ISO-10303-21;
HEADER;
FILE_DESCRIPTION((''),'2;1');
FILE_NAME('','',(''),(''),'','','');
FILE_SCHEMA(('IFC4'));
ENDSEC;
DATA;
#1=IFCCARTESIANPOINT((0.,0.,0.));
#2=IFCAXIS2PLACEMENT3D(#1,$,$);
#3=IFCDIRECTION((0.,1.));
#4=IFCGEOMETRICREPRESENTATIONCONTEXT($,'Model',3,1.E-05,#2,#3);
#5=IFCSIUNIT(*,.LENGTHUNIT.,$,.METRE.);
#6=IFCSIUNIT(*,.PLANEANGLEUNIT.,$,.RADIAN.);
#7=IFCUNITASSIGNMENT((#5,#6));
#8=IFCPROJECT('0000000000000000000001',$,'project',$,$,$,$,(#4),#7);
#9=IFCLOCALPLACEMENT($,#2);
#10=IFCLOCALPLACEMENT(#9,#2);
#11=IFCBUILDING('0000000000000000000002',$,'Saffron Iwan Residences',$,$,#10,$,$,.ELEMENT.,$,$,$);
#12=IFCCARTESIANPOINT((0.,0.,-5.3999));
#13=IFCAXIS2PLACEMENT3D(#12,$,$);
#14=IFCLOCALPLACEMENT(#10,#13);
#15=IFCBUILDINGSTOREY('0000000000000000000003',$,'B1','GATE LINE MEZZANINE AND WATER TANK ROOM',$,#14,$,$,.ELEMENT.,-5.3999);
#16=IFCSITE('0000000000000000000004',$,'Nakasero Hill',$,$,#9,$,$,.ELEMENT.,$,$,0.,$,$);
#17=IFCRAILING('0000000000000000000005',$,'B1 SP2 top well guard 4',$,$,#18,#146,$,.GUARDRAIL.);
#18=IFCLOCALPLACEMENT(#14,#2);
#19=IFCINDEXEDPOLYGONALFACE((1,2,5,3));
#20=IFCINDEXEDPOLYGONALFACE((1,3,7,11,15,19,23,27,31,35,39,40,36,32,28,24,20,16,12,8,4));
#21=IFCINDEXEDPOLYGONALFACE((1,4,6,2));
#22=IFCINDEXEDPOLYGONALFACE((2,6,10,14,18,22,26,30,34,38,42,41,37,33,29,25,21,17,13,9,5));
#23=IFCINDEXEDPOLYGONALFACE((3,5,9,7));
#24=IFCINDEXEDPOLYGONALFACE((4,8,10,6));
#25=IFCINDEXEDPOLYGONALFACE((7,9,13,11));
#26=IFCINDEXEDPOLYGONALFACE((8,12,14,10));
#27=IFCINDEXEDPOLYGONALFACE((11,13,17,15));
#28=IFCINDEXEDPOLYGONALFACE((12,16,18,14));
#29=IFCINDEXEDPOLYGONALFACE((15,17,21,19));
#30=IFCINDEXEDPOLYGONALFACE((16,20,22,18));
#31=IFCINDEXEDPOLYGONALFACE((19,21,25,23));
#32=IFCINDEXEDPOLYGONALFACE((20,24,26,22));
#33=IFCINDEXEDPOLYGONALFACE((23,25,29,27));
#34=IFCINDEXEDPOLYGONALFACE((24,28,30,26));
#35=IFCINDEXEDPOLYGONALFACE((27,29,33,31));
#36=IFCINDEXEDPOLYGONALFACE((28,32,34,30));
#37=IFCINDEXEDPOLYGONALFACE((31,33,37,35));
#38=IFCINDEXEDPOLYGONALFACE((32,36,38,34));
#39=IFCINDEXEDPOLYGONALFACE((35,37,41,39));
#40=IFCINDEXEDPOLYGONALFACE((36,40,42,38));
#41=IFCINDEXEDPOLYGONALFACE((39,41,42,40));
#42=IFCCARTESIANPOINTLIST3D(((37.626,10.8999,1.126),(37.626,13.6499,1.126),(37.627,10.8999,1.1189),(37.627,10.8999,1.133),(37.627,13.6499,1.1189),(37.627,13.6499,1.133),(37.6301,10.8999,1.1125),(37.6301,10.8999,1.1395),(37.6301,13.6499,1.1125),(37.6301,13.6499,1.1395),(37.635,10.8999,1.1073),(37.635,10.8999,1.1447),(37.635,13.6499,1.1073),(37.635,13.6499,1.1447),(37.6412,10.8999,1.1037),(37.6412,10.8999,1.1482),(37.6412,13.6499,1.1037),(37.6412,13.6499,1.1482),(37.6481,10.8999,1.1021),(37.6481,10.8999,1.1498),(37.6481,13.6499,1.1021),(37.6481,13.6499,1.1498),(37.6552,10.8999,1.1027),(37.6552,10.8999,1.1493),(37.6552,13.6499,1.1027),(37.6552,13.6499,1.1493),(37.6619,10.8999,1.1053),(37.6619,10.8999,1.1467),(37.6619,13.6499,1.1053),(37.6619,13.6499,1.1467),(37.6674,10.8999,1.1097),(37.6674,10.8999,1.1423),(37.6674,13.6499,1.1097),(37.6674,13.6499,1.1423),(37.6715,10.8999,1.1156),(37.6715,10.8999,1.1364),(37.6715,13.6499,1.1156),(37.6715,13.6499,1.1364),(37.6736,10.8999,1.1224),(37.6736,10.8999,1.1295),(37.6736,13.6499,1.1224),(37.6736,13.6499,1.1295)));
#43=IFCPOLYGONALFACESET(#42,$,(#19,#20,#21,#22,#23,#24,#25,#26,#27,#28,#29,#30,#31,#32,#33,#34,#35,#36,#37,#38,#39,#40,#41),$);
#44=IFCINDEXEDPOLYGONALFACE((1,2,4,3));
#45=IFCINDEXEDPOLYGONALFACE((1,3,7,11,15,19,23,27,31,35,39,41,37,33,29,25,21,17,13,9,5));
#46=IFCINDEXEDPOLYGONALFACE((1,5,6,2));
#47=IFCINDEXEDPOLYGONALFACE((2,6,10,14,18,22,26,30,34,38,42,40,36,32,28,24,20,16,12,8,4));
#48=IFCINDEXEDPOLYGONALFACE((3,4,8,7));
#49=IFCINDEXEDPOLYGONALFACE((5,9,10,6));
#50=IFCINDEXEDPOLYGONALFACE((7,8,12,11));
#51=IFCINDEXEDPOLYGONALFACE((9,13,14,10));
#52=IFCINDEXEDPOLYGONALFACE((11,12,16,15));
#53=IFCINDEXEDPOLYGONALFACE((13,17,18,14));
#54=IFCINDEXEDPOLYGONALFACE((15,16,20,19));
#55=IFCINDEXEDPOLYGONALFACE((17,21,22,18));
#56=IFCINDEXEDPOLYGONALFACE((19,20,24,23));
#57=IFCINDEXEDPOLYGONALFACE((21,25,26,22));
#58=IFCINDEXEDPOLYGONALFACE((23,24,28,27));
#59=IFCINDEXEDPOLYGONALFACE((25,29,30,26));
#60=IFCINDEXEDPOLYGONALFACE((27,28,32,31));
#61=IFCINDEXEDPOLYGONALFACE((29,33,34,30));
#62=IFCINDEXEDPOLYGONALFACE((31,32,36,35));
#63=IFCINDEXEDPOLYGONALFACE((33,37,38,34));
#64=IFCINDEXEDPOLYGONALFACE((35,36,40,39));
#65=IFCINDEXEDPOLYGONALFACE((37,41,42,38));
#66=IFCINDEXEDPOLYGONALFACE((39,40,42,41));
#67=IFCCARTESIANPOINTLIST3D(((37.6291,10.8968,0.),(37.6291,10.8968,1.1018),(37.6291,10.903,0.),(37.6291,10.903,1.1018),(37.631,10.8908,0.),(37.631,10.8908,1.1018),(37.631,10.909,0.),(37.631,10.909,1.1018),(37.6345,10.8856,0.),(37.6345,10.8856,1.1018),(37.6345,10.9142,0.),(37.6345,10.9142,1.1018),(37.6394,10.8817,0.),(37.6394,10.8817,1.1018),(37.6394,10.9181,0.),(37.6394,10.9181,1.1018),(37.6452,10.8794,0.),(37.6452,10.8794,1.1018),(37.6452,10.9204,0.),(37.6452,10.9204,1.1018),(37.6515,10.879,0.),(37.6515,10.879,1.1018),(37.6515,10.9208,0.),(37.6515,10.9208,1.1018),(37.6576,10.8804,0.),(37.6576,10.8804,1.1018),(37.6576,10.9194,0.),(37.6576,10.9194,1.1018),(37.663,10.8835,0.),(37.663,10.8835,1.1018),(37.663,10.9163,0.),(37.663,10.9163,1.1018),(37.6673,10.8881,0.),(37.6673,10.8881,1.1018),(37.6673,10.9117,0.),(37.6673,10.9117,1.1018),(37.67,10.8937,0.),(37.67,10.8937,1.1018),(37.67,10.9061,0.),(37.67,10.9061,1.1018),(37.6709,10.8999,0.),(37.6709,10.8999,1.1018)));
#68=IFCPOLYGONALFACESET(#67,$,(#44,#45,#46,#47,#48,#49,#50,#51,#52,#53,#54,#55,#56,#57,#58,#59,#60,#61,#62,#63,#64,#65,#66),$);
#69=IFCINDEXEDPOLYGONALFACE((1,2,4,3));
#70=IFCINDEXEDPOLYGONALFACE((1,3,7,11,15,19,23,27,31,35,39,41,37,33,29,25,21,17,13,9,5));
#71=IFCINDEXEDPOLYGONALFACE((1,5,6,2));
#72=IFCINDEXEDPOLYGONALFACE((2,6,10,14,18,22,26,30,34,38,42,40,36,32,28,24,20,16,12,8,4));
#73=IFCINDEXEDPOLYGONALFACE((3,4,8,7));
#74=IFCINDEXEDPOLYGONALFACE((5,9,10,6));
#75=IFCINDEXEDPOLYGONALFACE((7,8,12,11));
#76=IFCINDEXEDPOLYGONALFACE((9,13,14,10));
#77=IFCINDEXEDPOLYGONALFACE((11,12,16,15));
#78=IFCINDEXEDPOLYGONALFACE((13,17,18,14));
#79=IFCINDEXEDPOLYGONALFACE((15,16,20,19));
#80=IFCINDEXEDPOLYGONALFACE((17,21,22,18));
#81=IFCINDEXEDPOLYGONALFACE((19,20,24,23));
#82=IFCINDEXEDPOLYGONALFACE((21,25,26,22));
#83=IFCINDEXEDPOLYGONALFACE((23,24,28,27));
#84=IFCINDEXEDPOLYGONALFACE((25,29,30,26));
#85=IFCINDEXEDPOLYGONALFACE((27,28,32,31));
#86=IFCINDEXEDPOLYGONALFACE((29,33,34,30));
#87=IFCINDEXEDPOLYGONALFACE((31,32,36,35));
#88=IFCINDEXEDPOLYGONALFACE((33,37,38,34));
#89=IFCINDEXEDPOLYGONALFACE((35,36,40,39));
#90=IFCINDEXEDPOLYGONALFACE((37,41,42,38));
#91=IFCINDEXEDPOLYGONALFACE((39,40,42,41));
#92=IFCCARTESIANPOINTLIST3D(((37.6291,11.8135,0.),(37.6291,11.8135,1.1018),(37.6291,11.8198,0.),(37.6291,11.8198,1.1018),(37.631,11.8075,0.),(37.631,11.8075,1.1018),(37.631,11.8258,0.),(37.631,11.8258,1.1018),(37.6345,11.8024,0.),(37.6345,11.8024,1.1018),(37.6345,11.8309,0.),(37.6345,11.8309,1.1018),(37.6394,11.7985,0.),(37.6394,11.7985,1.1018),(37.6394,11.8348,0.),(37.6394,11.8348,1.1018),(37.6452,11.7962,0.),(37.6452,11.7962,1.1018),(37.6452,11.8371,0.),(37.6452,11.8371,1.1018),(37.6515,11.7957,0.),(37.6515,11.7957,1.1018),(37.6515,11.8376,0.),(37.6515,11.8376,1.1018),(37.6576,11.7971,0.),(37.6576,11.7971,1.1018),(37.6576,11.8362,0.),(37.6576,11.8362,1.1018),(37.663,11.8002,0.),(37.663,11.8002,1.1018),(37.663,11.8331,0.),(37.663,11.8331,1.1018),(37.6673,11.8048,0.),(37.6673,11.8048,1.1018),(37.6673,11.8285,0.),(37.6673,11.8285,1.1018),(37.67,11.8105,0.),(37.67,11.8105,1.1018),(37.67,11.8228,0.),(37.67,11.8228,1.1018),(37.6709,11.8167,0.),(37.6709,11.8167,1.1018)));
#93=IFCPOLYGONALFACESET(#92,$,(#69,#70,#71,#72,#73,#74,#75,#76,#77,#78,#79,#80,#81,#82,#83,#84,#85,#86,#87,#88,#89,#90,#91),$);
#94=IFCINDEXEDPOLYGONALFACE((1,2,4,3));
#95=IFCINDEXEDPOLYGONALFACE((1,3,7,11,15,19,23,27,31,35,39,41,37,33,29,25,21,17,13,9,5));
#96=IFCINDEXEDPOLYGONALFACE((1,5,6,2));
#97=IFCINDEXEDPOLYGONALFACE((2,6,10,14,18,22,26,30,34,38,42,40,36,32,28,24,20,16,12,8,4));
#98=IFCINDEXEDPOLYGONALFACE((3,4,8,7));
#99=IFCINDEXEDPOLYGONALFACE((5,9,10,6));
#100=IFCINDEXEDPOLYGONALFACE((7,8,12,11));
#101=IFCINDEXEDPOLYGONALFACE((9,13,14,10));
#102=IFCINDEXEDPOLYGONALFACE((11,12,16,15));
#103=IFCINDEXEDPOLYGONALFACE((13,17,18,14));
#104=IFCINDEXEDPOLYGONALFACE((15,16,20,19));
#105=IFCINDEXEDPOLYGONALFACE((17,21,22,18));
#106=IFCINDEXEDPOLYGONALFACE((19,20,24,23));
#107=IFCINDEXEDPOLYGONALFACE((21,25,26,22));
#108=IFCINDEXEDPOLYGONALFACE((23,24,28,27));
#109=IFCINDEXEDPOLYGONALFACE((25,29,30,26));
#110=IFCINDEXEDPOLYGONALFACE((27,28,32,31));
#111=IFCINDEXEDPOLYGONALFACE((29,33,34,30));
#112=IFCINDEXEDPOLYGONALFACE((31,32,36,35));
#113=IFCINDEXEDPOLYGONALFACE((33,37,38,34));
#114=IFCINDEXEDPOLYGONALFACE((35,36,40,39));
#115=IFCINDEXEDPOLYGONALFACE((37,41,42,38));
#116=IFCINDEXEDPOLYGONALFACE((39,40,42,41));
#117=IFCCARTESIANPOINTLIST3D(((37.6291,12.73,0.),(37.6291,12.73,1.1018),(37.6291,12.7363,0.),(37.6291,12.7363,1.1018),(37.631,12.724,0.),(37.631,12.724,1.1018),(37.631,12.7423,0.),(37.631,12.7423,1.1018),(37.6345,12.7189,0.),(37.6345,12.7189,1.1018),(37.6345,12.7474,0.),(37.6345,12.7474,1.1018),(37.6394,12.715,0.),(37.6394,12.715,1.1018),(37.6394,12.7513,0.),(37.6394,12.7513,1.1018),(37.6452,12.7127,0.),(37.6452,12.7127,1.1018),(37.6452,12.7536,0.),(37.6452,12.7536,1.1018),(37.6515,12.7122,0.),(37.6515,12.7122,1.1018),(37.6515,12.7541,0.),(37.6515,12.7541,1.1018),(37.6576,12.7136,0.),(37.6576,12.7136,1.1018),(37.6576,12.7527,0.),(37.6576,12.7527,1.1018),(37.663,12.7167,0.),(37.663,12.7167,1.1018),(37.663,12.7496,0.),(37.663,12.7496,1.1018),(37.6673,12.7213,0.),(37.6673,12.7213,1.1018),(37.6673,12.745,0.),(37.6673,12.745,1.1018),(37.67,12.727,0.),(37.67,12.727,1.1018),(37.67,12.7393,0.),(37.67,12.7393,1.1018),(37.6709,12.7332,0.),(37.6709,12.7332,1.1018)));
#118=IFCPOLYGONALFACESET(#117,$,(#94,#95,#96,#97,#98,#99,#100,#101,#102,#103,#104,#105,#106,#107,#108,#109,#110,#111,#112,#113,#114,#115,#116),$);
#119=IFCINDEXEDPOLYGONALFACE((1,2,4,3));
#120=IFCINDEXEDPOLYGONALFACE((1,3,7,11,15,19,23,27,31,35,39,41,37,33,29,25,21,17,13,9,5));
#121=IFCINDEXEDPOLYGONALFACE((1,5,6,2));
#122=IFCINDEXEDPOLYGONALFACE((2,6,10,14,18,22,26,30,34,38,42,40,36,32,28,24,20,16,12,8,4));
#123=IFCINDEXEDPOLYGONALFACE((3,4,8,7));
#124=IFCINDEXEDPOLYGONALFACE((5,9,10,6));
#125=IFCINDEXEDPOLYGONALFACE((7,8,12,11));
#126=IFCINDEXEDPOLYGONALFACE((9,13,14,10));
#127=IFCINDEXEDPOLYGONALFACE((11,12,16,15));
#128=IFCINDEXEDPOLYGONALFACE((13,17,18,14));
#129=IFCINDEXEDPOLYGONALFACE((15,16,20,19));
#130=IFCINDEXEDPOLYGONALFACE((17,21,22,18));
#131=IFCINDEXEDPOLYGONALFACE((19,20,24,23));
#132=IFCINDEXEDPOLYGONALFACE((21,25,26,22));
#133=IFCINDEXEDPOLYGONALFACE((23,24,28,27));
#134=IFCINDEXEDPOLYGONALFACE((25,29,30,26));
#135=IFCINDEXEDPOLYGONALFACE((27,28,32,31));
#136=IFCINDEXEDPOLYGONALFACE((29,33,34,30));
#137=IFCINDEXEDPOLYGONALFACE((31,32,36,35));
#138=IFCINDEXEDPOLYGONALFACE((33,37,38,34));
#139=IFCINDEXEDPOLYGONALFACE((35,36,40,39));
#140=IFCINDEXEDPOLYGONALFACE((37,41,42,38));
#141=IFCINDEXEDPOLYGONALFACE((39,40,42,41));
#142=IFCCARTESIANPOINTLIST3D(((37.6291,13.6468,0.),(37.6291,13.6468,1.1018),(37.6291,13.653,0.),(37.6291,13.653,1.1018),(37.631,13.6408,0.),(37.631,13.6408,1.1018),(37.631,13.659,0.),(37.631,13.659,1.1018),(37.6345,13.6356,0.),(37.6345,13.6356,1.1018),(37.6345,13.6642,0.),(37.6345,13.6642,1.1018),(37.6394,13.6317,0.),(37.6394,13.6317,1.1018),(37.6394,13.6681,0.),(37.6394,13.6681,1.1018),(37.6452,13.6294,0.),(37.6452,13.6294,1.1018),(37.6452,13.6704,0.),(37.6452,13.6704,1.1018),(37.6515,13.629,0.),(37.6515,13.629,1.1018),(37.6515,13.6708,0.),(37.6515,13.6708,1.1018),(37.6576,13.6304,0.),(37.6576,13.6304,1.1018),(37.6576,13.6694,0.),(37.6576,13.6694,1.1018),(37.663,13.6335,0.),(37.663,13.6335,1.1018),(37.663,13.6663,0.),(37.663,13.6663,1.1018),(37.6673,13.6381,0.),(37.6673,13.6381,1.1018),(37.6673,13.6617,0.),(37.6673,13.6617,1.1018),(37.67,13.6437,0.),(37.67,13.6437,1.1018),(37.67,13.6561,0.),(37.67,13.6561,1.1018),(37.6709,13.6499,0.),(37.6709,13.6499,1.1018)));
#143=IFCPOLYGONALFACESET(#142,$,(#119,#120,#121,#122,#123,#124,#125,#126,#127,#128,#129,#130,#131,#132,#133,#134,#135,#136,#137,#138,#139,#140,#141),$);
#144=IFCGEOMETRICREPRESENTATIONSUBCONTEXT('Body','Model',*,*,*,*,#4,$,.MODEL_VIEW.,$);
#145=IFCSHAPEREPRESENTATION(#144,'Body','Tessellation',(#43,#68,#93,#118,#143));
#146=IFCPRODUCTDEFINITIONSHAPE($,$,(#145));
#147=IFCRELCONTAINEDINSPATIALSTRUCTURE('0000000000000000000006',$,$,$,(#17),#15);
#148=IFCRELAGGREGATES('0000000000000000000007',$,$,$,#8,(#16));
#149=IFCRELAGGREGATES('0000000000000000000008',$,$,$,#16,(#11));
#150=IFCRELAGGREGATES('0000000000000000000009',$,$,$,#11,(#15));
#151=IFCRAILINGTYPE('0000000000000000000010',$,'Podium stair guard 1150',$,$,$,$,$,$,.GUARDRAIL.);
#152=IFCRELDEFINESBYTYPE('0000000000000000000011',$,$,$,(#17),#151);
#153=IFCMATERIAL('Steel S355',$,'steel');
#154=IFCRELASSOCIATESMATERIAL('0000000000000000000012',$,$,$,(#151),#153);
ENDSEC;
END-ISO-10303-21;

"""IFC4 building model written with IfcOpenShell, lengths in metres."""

from ifc_helpers import new_model, si_unit, direction, frame, origin, origin_2d, place, context, subcontext, project, spatial, circle, extrude, material, type_object, element, save


model = new_model("IFC4")

# Units and contexts
model_context = context("Model", 3, precision=1e-05, world=origin(), true_north=direction((0.0, 1.0)))
body_context = subcontext(model_context, "Body", "Model", "MODEL_VIEW")
ifc_project = project(units=[si_unit("LENGTHUNIT", "METRE"), si_unit("PLANEANGLEUNIT", "RADIAN")], contexts=[model_context])

# Site, building, storey
site_placement = place(None, origin())
site = spatial("IfcSite", under=ifc_project, at=site_placement, Name="Nakasero Hill", CompositionType="ELEMENT", RefElevation=0.0)
building_placement = place(site_placement, origin())
building = spatial("IfcBuilding", under=site, at=building_placement, Name="Saffron Iwan Residences", CompositionType="ELEMENT")
storey_placement = place(building_placement, frame((0.0, 0.0, -5.3999)))
storey = spatial("IfcBuildingStorey", under=building, at=storey_placement, Name="B1", Description="GATE LINE MEZZANINE AND WATER TANK ROOM", CompositionType="ELEMENT", Elevation=-5.3999)

# Railing
ifc_material_1 = material(Name="Steel S355", Category="steel")
railing_type_1 = type_object("IfcRailingType", Name="Podium stair guard 1150", PredefinedType="GUARDRAIL", material=ifc_material_1)
railing_1_placement = place(storey_placement, frame((37.6499, 10.8999, 0.0)))
element("IfcRailing", 1, at=railing_1_placement, inside=storey, type_object=railing_type_1, Name="B1 SP2 top well guard 4", PredefinedType="GUARDRAIL", context=body_context, shape_type="SweptSolid", body=[
    extrude(circle(Radius=0.0239, at=origin_2d()), frame((0.0, 0.0, 1.126), z_axis=(0.0, 1.0, 0.0), x_axis=(-1.0, 0.0, 0.0)), (0.0, 0.0, 1.0), 2.75),
    extrude(circle(Radius=0.021, at=origin_2d()), origin(), (0.0, 0.0, 1.0), 1.1018),
    extrude(circle(Radius=0.021, at=origin_2d()), frame((0.0, 0.9167, 0.0)), (0.0, 0.0, 1.0), 1.1018),
    extrude(circle(Radius=0.021, at=origin_2d()), frame((0.0, 1.8333, 0.0)), (0.0, 0.0, 1.0), 1.1018),
    extrude(circle(Radius=0.021, at=origin_2d()), frame((0.0, 2.75, 0.0)), (0.0, 0.0, 1.0), 1.1018),
])

save(model, "model.ifc")
